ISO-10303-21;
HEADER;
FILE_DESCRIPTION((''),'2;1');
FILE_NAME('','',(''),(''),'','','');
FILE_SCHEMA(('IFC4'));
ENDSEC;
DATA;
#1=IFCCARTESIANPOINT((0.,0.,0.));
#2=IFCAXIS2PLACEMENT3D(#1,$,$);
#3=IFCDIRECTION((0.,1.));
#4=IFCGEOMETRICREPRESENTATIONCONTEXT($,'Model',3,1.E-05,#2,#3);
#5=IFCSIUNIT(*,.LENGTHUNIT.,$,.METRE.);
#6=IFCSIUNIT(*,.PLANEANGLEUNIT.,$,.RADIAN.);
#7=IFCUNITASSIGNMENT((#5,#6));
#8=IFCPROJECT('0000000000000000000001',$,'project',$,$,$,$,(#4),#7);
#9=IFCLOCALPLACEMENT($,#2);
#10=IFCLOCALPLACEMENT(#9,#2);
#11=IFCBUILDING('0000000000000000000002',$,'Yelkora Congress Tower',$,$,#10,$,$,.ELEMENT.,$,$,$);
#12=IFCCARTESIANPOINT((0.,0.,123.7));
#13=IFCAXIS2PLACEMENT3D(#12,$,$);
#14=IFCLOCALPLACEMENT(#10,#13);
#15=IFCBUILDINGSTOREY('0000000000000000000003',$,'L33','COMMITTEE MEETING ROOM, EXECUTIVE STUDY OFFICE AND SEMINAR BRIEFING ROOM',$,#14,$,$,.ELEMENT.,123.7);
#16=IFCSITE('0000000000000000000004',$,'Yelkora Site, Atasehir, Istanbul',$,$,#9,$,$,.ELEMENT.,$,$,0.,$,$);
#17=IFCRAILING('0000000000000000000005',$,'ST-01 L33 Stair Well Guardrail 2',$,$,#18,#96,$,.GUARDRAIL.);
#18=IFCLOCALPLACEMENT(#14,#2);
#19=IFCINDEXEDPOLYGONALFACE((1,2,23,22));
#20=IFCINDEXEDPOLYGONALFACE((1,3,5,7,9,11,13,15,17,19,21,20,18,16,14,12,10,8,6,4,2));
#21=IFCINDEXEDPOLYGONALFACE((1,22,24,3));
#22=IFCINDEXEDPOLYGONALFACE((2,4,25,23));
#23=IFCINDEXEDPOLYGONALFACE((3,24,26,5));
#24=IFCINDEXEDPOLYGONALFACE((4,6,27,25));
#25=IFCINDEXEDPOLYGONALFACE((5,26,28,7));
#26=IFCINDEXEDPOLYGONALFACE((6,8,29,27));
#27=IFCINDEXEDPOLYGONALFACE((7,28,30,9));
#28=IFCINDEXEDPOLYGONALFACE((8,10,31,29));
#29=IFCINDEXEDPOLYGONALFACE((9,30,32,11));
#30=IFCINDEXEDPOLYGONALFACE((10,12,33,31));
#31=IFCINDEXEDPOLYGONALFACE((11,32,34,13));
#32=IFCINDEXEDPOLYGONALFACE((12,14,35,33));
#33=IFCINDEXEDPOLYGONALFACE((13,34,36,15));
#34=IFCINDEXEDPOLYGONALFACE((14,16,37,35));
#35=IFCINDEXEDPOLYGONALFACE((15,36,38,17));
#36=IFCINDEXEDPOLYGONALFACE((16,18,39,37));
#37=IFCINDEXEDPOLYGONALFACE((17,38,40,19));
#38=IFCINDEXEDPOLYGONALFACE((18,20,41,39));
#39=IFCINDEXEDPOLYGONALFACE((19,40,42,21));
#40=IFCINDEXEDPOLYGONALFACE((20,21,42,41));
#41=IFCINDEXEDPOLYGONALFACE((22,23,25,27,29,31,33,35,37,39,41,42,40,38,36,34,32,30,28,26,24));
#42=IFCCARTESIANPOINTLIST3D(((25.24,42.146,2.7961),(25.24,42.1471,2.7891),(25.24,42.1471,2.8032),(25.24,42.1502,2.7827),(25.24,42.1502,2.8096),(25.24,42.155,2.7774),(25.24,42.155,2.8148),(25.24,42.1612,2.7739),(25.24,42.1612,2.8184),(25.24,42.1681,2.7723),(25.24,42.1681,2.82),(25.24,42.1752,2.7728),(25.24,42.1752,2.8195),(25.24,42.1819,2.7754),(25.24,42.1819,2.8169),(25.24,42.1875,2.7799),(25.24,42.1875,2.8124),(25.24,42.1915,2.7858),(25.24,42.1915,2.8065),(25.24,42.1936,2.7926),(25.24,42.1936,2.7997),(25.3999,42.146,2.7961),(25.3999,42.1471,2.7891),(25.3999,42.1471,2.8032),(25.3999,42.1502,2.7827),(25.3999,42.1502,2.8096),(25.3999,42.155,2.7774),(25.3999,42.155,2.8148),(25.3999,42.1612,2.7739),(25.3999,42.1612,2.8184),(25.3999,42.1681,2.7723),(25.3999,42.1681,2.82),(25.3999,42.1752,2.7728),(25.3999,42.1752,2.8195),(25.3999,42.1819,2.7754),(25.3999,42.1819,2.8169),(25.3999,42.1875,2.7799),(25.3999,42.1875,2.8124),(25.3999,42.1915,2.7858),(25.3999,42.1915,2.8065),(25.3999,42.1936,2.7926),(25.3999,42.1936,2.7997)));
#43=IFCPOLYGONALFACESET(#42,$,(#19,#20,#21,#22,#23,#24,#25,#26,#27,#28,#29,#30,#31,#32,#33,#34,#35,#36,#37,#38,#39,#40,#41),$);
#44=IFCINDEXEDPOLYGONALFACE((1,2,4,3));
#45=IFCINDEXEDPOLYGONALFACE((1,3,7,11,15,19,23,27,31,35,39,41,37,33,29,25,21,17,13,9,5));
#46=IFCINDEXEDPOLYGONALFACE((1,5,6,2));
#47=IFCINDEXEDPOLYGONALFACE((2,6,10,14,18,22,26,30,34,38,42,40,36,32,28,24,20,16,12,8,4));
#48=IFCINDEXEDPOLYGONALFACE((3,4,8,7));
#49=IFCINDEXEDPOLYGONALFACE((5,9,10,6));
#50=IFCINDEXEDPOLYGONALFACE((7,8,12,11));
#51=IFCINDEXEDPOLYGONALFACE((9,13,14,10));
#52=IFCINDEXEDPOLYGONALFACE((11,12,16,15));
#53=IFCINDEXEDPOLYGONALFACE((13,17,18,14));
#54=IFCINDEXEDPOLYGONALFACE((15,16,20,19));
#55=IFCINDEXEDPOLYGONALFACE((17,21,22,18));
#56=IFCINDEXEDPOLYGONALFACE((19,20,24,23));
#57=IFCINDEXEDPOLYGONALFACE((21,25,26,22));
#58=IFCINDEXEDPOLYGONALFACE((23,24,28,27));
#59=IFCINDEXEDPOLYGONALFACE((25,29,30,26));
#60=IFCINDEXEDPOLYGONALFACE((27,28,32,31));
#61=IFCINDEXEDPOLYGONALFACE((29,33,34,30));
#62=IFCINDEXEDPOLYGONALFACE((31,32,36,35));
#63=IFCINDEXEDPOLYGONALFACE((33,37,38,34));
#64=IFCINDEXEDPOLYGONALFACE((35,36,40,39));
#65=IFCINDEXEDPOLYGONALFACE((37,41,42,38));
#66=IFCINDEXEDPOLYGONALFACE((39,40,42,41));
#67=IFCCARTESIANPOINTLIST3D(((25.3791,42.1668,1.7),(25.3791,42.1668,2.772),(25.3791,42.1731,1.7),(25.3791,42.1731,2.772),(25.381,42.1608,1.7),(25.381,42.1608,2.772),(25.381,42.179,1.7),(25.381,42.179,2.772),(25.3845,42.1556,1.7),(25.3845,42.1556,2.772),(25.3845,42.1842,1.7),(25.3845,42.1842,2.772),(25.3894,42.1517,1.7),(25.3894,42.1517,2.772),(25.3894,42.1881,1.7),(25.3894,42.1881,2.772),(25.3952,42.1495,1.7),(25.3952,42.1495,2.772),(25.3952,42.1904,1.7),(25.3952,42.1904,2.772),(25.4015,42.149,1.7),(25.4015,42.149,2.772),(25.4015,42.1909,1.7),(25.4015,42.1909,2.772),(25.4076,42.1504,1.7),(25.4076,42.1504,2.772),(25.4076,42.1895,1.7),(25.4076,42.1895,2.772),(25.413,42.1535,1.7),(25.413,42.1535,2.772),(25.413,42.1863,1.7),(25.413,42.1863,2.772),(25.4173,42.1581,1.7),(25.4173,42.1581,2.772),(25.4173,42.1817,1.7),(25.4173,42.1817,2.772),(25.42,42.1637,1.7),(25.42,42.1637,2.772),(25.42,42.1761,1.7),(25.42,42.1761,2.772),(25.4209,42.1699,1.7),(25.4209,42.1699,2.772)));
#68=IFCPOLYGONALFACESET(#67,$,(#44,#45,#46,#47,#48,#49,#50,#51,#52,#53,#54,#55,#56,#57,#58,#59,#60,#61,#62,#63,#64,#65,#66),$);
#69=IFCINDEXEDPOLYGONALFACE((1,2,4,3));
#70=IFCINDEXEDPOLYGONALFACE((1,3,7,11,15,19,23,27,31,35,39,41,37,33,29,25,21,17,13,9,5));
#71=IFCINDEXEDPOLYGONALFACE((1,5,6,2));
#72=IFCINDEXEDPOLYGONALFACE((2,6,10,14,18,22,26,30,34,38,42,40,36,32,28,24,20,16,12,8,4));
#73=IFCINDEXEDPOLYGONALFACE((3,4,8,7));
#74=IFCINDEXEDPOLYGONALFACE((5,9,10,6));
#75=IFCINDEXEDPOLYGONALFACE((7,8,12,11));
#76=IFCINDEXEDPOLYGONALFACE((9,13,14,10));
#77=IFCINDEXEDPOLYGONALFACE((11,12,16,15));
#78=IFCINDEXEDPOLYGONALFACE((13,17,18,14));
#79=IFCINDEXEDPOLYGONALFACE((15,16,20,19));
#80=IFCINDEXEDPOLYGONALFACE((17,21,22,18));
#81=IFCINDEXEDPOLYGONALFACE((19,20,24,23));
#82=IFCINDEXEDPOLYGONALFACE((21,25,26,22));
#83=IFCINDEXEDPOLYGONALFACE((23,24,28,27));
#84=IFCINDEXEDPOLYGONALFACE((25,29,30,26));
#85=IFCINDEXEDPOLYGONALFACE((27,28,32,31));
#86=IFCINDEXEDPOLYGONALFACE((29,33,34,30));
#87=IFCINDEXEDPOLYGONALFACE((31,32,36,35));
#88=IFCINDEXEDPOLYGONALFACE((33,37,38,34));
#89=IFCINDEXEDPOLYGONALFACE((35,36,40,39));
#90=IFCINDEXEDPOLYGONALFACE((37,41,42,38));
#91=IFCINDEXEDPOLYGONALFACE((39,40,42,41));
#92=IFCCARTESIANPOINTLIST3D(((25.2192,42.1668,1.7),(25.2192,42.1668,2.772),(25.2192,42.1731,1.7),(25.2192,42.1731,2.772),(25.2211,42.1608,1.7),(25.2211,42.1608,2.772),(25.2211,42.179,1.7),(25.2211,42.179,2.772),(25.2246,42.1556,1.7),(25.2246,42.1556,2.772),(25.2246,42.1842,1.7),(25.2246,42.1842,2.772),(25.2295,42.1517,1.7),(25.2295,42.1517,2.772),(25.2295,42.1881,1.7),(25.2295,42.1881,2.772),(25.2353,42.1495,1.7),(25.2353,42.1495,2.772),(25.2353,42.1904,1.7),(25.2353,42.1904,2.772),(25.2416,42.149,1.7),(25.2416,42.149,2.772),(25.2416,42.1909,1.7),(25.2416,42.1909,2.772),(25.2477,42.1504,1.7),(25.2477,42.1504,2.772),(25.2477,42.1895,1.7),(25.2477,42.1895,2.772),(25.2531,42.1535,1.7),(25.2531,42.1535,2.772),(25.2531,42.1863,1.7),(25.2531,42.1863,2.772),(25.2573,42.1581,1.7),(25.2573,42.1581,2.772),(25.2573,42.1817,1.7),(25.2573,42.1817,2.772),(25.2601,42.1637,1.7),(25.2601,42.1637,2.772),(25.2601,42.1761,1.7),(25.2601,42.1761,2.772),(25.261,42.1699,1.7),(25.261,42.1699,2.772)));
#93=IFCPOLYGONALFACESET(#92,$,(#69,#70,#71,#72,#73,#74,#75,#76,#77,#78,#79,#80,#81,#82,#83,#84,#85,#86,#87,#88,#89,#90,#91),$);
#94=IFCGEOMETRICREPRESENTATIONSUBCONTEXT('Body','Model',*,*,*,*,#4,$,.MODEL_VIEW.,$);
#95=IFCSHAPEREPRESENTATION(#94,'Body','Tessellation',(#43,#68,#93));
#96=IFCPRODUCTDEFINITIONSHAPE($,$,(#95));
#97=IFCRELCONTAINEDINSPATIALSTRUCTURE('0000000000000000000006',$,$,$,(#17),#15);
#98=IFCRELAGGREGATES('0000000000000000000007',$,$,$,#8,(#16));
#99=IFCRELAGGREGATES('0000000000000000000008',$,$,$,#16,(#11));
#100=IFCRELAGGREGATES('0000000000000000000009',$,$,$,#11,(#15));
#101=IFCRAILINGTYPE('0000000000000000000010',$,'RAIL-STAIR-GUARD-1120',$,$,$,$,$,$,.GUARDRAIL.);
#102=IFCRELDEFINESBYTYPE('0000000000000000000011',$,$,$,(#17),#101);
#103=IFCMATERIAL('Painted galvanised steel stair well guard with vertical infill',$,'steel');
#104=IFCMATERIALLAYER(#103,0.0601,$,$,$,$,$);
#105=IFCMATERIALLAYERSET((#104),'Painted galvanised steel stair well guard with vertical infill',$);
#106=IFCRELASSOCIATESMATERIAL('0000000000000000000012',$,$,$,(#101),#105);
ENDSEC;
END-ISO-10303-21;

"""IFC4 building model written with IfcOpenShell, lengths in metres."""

from ifc_helpers import new_model, si_unit, direction, frame, origin, origin_2d, place, context, subcontext, project, spatial, circle, extrude, material, layer, layer_set, type_object, element, save


model = new_model("IFC4")

# Units and contexts
model_context = context("Model", 3, precision=1e-05, world=origin(), true_north=direction((0.0, 1.0)))
body_context = subcontext(model_context, "Body", "Model", "MODEL_VIEW")
ifc_project = project(units=[si_unit("LENGTHUNIT", "METRE"), si_unit("PLANEANGLEUNIT", "RADIAN")], contexts=[model_context])

# Site, building, storey
site_placement = place(None, origin())
site = spatial("IfcSite", under=ifc_project, at=site_placement, Name="Yelkora Site, Atasehir, Istanbul", CompositionType="ELEMENT", RefElevation=0.0)
building_placement = place(site_placement, origin())
building = spatial("IfcBuilding", under=site, at=building_placement, Name="Yelkora Congress Tower", CompositionType="ELEMENT")
storey_placement = place(building_placement, frame((0.0, 0.0, 123.7)))
storey = spatial("IfcBuildingStorey", under=building, at=storey_placement, Name="L33", Description="COMMITTEE MEETING ROOM, EXECUTIVE STUDY OFFICE AND SEMINAR BRIEFING ROOM", CompositionType="ELEMENT", Elevation=123.7)

# Railing
ifc_material_1 = material(Name="Painted galvanised steel stair well guard with vertical infill", Category="steel")
ifc_layer_1 = layer(ifc_material_1, 0.0601)
ifc_layer_set_1 = layer_set([ifc_layer_1], Name="Painted galvanised steel stair well guard with vertical infill")
railing_type_1 = type_object("IfcRailingType", Name="RAIL-STAIR-GUARD-1120", PredefinedType="GUARDRAIL", material=ifc_layer_set_1)
railing_1_placement = place(storey_placement, frame((25.3999, 42.1699, 1.7)))
element("IfcRailing", 1, at=railing_1_placement, inside=storey, type_object=railing_type_1, Name="ST-01 L33 Stair Well Guardrail 2", PredefinedType="GUARDRAIL", context=body_context, shape_type="SweptSolid", body=[
    extrude(circle(Radius=0.0239, at=origin_2d()), frame((0.0, 0.0, 1.0962), z_axis=(-1.0, 0.0, 0.0), x_axis=(0.0, -1.0, 0.0)), (0.0, 0.0, 1.0), 0.1599),
    extrude(circle(Radius=0.021, at=origin_2d()), origin(), (0.0, 0.0, 1.0), 1.072),
    extrude(circle(Radius=0.021, at=origin_2d()), frame((-0.1599, 0.0, 0.0)), (0.0, 0.0, 1.0), 1.072),
])

save(model, "model.ifc")
